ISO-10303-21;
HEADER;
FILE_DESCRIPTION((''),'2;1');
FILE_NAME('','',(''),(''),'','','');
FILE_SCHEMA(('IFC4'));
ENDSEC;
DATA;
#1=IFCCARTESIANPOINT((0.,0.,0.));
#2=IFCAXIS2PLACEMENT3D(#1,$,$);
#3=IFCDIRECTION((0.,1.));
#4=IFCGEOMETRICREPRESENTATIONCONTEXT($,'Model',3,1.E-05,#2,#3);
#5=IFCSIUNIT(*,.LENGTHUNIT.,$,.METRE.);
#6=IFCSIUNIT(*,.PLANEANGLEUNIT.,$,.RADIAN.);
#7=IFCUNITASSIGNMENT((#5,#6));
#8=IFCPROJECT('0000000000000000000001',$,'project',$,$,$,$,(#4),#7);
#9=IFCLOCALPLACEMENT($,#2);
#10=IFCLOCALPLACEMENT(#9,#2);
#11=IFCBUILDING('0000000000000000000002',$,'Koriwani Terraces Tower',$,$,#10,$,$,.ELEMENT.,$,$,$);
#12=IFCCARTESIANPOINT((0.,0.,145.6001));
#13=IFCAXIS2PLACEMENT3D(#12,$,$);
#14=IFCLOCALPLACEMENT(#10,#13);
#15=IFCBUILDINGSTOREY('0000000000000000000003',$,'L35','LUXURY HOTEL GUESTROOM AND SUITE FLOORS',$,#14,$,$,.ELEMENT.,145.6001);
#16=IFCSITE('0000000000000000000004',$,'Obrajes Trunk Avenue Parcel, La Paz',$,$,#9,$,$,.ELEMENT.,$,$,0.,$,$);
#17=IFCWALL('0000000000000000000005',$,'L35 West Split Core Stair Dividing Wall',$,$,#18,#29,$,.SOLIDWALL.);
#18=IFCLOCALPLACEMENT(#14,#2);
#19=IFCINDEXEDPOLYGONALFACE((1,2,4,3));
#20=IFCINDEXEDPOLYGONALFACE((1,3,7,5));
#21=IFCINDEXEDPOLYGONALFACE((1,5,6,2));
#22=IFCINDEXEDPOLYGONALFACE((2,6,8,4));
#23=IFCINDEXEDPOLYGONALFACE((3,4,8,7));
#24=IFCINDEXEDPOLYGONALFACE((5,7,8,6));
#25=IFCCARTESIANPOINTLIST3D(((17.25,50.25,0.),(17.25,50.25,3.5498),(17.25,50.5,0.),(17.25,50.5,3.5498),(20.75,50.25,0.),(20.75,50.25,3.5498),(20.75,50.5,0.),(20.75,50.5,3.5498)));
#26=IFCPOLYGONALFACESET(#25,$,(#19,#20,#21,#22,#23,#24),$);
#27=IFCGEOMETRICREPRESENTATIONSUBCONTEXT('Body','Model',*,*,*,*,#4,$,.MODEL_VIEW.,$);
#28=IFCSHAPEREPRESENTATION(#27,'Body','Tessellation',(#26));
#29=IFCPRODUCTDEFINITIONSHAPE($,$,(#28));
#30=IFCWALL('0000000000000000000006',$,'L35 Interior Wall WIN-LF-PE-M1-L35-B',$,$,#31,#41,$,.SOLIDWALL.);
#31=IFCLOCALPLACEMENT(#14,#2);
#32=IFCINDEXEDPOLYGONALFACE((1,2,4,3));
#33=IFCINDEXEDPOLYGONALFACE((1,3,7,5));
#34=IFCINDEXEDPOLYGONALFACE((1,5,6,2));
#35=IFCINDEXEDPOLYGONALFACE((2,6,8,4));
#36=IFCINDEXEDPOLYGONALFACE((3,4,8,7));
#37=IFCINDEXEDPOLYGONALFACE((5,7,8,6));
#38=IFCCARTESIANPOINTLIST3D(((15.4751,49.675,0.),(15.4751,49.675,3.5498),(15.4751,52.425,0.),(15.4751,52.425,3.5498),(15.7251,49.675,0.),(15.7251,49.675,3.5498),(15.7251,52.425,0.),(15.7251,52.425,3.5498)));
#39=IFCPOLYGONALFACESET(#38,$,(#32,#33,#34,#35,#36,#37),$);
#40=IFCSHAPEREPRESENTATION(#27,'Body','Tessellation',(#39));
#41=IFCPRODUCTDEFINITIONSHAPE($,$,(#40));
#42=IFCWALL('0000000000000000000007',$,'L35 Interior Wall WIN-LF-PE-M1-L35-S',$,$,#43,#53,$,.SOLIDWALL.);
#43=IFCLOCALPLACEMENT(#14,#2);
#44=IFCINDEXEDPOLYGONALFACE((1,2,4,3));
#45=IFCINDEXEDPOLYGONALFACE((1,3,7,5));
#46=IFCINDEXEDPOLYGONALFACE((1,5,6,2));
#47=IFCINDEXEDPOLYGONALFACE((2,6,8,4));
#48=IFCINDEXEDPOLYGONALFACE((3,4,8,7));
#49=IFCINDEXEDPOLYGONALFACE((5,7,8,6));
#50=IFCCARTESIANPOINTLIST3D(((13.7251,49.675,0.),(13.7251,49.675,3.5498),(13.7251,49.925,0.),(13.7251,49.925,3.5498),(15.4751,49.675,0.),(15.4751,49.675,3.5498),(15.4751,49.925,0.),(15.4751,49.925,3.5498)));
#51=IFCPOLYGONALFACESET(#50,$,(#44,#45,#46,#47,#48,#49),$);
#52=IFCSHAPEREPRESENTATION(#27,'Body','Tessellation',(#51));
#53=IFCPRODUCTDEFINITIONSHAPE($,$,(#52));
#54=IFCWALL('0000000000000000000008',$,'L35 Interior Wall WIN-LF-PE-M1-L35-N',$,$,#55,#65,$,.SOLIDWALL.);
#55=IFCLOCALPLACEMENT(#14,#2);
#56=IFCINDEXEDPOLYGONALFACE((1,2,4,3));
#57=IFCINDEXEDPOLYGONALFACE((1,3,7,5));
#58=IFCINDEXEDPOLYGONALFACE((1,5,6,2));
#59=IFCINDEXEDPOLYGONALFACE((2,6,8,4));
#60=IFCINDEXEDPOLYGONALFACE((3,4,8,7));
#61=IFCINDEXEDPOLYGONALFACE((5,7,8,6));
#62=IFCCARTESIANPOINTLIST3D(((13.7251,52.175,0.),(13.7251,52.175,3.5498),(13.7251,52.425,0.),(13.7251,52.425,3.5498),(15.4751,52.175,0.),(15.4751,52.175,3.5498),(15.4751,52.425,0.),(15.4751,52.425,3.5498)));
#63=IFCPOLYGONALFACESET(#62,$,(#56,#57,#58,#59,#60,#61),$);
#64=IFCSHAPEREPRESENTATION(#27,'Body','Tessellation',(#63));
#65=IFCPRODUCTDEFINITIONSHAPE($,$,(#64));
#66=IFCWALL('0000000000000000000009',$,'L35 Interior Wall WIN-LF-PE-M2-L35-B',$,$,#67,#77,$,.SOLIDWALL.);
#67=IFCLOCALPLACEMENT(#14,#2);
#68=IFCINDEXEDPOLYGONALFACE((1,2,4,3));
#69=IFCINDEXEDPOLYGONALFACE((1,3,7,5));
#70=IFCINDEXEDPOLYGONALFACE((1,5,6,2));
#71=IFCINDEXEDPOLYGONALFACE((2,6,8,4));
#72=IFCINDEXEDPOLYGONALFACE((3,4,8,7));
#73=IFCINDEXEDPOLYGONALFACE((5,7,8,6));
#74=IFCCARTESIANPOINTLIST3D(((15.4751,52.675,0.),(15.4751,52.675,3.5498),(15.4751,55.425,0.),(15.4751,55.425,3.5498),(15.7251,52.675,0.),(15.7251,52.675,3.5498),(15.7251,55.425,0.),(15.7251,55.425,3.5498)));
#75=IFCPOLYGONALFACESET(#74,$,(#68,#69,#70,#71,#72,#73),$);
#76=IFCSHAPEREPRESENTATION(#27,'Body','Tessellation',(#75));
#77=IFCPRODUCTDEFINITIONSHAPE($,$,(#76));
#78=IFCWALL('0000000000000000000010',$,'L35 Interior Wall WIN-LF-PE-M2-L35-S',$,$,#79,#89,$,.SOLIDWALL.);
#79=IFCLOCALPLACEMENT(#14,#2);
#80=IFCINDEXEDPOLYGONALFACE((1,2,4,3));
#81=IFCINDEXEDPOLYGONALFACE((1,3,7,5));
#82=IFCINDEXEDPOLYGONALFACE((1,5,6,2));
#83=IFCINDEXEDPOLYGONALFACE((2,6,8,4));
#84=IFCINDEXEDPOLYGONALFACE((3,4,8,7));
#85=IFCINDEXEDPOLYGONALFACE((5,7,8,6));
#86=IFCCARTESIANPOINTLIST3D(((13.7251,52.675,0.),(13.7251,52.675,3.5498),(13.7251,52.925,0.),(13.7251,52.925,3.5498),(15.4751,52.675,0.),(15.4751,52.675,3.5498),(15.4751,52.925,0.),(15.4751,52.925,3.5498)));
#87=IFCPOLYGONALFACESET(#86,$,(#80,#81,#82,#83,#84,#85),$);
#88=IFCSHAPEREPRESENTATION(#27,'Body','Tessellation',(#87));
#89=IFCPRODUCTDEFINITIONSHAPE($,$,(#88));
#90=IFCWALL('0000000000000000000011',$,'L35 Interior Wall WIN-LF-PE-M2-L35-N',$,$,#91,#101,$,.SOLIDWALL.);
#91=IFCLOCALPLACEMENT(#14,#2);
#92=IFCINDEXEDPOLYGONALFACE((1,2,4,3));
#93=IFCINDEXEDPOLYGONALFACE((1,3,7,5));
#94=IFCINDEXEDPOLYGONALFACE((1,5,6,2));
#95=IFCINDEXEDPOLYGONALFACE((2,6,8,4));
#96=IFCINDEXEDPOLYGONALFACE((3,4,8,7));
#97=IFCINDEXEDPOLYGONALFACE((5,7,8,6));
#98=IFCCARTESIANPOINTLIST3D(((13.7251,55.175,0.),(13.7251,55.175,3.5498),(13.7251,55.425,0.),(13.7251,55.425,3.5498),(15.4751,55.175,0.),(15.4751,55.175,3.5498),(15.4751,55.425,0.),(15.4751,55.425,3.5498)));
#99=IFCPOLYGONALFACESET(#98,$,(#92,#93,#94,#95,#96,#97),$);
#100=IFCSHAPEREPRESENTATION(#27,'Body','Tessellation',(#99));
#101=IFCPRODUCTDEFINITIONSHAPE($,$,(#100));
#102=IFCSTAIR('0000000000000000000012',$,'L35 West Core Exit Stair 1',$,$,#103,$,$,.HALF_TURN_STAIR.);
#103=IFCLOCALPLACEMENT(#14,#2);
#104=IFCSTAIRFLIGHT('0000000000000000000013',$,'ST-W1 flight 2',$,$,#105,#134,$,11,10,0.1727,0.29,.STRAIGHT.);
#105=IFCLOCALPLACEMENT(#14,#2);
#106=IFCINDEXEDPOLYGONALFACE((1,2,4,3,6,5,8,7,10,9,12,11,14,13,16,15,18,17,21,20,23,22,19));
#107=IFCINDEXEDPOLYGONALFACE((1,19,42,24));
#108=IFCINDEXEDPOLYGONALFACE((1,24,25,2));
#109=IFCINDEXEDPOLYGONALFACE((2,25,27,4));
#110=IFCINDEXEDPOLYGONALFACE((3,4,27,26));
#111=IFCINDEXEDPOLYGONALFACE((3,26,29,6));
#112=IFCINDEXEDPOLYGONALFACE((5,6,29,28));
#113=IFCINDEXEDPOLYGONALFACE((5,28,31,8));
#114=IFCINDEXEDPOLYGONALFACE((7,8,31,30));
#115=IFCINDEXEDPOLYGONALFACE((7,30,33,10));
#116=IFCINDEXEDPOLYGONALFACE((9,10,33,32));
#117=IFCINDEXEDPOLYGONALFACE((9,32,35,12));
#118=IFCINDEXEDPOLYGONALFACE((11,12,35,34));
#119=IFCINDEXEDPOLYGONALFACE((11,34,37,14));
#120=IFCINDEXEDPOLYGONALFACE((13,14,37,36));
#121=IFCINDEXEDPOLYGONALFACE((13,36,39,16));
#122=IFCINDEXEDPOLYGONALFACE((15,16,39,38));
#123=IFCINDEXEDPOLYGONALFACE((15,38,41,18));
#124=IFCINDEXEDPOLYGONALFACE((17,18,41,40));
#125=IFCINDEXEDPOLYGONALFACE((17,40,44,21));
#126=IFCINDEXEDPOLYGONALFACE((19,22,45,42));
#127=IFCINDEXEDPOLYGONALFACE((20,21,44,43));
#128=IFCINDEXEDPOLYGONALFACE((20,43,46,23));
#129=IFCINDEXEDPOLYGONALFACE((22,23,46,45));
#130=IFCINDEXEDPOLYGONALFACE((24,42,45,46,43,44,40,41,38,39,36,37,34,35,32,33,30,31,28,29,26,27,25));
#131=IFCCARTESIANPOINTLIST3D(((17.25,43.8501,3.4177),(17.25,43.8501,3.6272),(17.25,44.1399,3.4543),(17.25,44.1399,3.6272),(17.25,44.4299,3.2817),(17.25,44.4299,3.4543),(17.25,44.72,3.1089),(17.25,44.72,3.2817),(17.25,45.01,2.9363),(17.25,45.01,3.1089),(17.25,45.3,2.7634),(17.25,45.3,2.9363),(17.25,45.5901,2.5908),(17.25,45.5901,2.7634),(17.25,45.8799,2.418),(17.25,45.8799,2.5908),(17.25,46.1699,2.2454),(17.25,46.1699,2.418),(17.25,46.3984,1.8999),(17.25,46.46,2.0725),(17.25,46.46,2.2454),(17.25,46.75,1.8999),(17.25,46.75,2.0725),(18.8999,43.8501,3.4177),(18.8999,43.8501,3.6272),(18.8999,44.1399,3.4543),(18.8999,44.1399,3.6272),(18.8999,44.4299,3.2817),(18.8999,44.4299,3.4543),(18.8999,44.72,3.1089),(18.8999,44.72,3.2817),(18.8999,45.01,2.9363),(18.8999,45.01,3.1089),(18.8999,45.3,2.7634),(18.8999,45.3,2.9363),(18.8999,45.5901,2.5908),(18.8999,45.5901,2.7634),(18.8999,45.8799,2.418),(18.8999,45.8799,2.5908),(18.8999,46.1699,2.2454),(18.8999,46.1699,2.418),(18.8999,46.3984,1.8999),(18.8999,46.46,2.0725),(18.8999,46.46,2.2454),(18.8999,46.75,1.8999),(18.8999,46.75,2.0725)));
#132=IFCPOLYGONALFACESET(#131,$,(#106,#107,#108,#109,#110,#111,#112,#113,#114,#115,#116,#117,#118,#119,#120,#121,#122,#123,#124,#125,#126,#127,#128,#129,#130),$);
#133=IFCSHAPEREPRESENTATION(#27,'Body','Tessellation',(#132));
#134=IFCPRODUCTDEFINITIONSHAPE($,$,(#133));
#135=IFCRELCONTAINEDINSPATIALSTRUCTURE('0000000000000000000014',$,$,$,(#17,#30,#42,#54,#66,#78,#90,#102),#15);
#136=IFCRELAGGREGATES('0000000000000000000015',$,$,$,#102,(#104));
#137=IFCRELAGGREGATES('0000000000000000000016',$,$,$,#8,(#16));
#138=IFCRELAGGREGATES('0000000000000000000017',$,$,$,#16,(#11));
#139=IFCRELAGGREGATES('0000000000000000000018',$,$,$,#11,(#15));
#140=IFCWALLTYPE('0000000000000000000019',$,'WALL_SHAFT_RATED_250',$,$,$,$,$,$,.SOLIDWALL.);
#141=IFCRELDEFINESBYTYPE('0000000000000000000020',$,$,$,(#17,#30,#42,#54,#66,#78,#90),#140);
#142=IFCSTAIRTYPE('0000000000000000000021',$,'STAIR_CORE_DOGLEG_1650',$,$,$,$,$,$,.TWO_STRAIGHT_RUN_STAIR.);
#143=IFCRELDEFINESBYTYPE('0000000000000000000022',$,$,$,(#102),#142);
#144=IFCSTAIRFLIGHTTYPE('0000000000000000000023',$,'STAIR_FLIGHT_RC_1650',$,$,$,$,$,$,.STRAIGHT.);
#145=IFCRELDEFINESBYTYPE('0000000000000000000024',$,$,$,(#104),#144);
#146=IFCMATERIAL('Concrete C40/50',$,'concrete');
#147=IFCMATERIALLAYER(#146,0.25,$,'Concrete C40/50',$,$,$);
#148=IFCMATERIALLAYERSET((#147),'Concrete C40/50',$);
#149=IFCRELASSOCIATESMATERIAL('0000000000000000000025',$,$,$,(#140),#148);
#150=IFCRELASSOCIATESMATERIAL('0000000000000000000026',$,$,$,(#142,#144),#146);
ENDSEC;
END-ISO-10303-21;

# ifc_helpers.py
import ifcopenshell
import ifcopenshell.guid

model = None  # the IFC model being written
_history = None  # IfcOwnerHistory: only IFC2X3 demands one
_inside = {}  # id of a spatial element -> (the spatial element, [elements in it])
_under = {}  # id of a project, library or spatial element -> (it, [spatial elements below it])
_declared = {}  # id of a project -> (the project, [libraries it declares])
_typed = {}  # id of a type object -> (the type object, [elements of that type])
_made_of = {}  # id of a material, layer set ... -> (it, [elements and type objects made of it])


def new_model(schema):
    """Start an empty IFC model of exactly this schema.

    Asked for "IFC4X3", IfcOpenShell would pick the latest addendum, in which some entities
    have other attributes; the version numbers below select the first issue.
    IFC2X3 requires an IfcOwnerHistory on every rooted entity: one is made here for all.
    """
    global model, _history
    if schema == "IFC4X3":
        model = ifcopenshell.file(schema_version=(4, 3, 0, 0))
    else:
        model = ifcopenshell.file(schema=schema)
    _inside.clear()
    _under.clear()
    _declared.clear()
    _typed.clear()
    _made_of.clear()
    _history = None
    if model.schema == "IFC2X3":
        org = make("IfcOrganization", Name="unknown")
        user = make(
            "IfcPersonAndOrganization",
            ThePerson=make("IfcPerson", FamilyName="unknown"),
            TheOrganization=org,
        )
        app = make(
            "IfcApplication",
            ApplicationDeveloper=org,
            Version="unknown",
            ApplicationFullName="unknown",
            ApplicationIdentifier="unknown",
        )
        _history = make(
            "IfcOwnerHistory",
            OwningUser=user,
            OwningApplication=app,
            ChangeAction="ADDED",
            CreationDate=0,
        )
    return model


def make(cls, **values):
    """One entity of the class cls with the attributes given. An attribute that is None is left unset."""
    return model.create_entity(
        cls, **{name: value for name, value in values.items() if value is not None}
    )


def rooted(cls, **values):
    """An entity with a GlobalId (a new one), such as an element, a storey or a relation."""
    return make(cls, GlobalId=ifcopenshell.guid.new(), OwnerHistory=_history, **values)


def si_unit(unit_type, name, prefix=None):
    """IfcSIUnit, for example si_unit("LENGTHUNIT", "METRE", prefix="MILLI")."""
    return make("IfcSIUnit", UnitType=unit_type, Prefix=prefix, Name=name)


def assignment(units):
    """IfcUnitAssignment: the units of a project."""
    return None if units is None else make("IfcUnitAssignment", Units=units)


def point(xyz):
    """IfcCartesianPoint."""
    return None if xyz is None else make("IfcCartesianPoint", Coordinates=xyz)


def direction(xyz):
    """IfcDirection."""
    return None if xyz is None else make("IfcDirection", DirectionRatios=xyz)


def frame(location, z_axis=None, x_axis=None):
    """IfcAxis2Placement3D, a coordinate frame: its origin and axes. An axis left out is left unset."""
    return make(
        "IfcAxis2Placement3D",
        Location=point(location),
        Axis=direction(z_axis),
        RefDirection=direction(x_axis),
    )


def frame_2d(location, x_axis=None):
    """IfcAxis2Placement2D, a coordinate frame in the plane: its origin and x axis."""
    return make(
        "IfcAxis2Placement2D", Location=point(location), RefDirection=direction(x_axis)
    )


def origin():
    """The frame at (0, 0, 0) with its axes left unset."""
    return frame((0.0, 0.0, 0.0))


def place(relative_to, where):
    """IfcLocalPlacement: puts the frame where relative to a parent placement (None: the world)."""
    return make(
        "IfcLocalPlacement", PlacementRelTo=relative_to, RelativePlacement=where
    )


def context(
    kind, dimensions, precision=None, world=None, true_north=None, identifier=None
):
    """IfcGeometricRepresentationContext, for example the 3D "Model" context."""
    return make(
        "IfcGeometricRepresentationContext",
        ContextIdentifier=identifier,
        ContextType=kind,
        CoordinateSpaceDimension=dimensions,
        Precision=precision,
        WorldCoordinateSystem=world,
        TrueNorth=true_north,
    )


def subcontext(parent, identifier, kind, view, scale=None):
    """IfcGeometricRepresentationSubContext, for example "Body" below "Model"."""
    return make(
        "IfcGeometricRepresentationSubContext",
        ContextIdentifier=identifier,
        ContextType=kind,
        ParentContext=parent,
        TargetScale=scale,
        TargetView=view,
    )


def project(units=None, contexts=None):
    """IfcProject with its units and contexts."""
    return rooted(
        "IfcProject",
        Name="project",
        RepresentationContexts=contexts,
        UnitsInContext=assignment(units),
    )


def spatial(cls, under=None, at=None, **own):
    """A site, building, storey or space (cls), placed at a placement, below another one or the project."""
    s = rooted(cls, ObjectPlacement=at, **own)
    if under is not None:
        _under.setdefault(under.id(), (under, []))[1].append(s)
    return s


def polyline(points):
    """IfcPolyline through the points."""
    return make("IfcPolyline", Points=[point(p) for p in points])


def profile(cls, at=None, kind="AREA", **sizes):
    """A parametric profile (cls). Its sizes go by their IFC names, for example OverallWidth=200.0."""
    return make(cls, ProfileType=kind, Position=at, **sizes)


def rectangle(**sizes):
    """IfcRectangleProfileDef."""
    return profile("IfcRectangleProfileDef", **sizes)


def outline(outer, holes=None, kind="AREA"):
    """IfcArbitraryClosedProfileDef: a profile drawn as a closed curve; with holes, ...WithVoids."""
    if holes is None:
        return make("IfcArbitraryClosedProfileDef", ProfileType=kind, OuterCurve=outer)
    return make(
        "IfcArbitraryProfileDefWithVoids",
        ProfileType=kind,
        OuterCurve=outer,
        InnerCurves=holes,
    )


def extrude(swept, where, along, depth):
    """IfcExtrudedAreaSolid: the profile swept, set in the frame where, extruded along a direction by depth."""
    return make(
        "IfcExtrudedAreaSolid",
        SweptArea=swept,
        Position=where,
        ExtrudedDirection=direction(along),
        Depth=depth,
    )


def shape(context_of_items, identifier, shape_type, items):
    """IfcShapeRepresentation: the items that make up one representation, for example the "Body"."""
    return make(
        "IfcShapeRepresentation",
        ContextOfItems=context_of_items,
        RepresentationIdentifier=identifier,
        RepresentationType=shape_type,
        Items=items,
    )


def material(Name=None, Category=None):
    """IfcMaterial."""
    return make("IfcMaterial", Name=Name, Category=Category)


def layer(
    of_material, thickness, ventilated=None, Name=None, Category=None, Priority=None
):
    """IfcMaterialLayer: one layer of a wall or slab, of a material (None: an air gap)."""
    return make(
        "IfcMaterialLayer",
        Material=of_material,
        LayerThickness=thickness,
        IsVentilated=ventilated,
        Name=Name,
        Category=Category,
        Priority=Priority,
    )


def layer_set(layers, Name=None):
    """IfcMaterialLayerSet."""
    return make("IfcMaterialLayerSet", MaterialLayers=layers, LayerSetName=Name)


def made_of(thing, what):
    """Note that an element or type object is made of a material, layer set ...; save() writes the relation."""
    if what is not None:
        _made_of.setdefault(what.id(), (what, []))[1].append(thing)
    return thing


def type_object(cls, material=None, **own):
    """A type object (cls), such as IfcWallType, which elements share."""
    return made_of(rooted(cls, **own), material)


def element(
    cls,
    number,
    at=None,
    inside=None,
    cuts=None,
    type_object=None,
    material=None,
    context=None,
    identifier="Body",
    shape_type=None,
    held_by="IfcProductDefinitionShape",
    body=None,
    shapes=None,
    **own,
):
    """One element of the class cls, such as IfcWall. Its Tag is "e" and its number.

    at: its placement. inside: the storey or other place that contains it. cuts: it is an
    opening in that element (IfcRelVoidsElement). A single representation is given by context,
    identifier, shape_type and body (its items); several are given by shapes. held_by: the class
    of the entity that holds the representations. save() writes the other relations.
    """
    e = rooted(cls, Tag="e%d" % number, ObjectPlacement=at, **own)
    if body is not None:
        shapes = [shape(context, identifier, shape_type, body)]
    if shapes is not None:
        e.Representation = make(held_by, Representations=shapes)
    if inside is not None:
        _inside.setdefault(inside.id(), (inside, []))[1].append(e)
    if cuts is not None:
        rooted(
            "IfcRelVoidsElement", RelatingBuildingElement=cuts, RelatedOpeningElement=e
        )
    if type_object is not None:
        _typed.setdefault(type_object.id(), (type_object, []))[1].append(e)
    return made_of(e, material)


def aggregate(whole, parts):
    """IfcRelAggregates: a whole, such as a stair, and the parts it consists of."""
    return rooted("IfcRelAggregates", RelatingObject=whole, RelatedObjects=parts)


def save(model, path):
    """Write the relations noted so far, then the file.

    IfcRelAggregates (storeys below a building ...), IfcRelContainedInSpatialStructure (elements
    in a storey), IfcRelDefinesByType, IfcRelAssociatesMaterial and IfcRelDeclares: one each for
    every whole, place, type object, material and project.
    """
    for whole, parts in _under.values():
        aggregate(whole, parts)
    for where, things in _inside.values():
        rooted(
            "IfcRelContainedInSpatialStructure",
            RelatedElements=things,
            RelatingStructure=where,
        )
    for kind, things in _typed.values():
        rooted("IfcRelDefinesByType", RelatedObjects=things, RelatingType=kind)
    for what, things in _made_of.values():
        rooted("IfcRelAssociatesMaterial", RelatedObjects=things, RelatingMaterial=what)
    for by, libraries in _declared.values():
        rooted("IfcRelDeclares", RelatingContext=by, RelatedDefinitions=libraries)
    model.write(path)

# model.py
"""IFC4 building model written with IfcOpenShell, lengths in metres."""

from ifc_helpers import new_model, si_unit, direction, frame, frame_2d, origin, place, context, subcontext, project, spatial, polyline, rectangle, outline, extrude, material, layer, layer_set, type_object, element, aggregate, save


model = new_model("IFC4")

# Units and contexts
model_context = context("Model", 3, precision=1e-05, world=origin(), true_north=direction((0.0, 1.0)))
body_context = subcontext(model_context, "Body", "Model", "MODEL_VIEW")
ifc_project = project(units=[si_unit("LENGTHUNIT", "METRE"), si_unit("PLANEANGLEUNIT", "RADIAN")], contexts=[model_context])

# Site, building, storey
site_placement = place(None, origin())
site = spatial("IfcSite", under=ifc_project, at=site_placement, Name="Obrajes Trunk Avenue Parcel, La Paz", CompositionType="ELEMENT", RefElevation=0.0)
building_placement = place(site_placement, origin())
building = spatial("IfcBuilding", under=site, at=building_placement, Name="Koriwani Terraces Tower", CompositionType="ELEMENT")
storey_placement = place(building_placement, frame((0.0, 0.0, 145.6001)))
storey = spatial("IfcBuildingStorey", under=building, at=storey_placement, Name="L35", Description="LUXURY HOTEL GUESTROOM AND SUITE FLOORS", CompositionType="ELEMENT", Elevation=145.6001)

# Shared definitions
ifc_material_1 = material(Name="Concrete C40/50", Category="concrete")

# Wall
ifc_layer_1 = layer(ifc_material_1, 0.25, Name="Concrete C40/50")
ifc_layer_set_1 = layer_set([ifc_layer_1], Name="Concrete C40/50")
wall_type_1 = type_object("IfcWallType", Name="WALL_SHAFT_RATED_250", PredefinedType="SOLIDWALL", material=ifc_layer_set_1)
wall_1_placement = place(storey_placement, frame((17.25, 50.375, 0.0), z_axis=(0.0, 0.0, 1.0), x_axis=(1.0, 0.0, 0.0)))
element("IfcWall", 1, at=wall_1_placement, inside=storey, type_object=wall_type_1, Name="L35 West Split Core Stair Dividing Wall", PredefinedType="SOLIDWALL", context=body_context, shape_type="SweptSolid", body=[
    extrude(rectangle(XDim=3.5, YDim=0.25, at=frame_2d((1.75, 0.0))), origin(), (0.0, 0.0, 1.0), 3.5498),
])

# Walls
wall_2_placement = place(storey_placement, frame((15.6001, 49.675, 0.0), z_axis=(0.0, 0.0, 1.0), x_axis=(0.0, 1.0, 0.0)))
element("IfcWall", 2, at=wall_2_placement, inside=storey, type_object=wall_type_1, Name="L35 Interior Wall WIN-LF-PE-M1-L35-B", PredefinedType="SOLIDWALL", context=body_context, shape_type="SweptSolid", body=[
    extrude(rectangle(XDim=2.75, YDim=0.25, at=frame_2d((1.375, 0.0))), origin(), (0.0, 0.0, 1.0), 3.5498),
])
for number, where, z_axis, x_axis, name in (
    (3, (13.7251, 49.8, 0.0), (0.0, 0.0, 1.0), (1.0, 0.0, 0.0), "L35 Interior Wall WIN-LF-PE-M1-L35-S"),
    (4, (13.7251, 52.3, 0.0), (0.0, 0.0, 1.0), (1.0, 0.0, 0.0), "L35 Interior Wall WIN-LF-PE-M1-L35-N"),
):
    element("IfcWall", number, at=place(storey_placement, frame(where, z_axis=z_axis, x_axis=x_axis)), inside=storey, type_object=wall_type_1, Name=name, PredefinedType="SOLIDWALL", context=body_context, shape_type="SweptSolid", body=[
        extrude(rectangle(XDim=1.75, YDim=0.25, at=frame_2d((0.875, 0.0))), origin(), (0.0, 0.0, 1.0), 3.5498),
    ])

# Walls
wall_3_placement = place(storey_placement, frame((15.6001, 52.675, 0.0), z_axis=(0.0, 0.0, 1.0), x_axis=(0.0, 1.0, 0.0)))
element("IfcWall", 5, at=wall_3_placement, inside=storey, type_object=wall_type_1, Name="L35 Interior Wall WIN-LF-PE-M2-L35-B", PredefinedType="SOLIDWALL", context=body_context, shape_type="SweptSolid", body=[
    extrude(rectangle(XDim=2.75, YDim=0.25, at=frame_2d((1.375, 0.0))), origin(), (0.0, 0.0, 1.0), 3.5498),
])
for number, where, z_axis, x_axis, name in (
    (6, (13.7251, 52.8, 0.0), (0.0, 0.0, 1.0), (1.0, 0.0, 0.0), "L35 Interior Wall WIN-LF-PE-M2-L35-S"),
    (7, (13.7251, 55.3, 0.0), (0.0, 0.0, 1.0), (1.0, 0.0, 0.0), "L35 Interior Wall WIN-LF-PE-M2-L35-N"),
):
    element("IfcWall", number, at=place(storey_placement, frame(where, z_axis=z_axis, x_axis=x_axis)), inside=storey, type_object=wall_type_1, Name=name, PredefinedType="SOLIDWALL", context=body_context, shape_type="SweptSolid", body=[
        extrude(rectangle(XDim=1.75, YDim=0.25, at=frame_2d((0.875, 0.0))), origin(), (0.0, 0.0, 1.0), 3.5498),
    ])

# Stair, stair flight
stair_type = type_object("IfcStairType", Name="STAIR_CORE_DOGLEG_1650", PredefinedType="TWO_STRAIGHT_RUN_STAIR", material=ifc_material_1)
stair_placement = place(storey_placement, origin())
stair = element("IfcStair", 8, at=stair_placement, inside=storey, type_object=stair_type, Name="L35 West Core Exit Stair 1", PredefinedType="HALF_TURN_STAIR")
stair_flight_type = type_object("IfcStairFlightType", Name="STAIR_FLIGHT_RC_1650", PredefinedType="STRAIGHT", material=ifc_material_1)
stair_flight_placement = place(storey_placement, frame((18.075, 46.75, 1.8999), z_axis=(0.0, 0.0, 1.0), x_axis=(0.0, -1.0, 0.0)))
stair_flight = element("IfcStairFlight", 9, at=stair_flight_placement, type_object=stair_flight_type, Name="ST-W1 flight 2", NumberOfRisers=11, NumberOfTreads=10, PredefinedType="STRAIGHT", RiserHeight=0.1727, TreadLength=0.29, context=body_context, shape_type="SweptSolid", body=[
    extrude(outline(polyline([(0.0, 0.0), (0.0, 0.1726), (0.29, 0.1726), (0.29, 0.3455), (0.5801, 0.3455), (0.5801, 0.5181), (0.8701, 0.5181), (0.8701, 0.6909), (1.1599, 0.6909), (1.1599, 0.8635), (1.45, 0.8635), (1.45, 1.0364), (1.74, 1.0364), (1.74, 1.209), (2.03, 1.209), (2.03, 1.3818), (2.3201, 1.3818), (2.3201, 1.5544), (2.6101, 1.5544), (2.6101, 1.7273), (2.8999, 1.7273), (2.8999, 1.8999), (2.8999, 1.5178), (0.3516, 0.0), (0.0, 0.0)])), frame((0.0, 0.825, 0.0), z_axis=(0.0, -1.0, 0.0), x_axis=(1.0, 0.0, 0.0)), (0.0, 0.0, 1.0), 1.6499),
])
aggregate(stair, [stair_flight])

save(model, "model.ifc")
